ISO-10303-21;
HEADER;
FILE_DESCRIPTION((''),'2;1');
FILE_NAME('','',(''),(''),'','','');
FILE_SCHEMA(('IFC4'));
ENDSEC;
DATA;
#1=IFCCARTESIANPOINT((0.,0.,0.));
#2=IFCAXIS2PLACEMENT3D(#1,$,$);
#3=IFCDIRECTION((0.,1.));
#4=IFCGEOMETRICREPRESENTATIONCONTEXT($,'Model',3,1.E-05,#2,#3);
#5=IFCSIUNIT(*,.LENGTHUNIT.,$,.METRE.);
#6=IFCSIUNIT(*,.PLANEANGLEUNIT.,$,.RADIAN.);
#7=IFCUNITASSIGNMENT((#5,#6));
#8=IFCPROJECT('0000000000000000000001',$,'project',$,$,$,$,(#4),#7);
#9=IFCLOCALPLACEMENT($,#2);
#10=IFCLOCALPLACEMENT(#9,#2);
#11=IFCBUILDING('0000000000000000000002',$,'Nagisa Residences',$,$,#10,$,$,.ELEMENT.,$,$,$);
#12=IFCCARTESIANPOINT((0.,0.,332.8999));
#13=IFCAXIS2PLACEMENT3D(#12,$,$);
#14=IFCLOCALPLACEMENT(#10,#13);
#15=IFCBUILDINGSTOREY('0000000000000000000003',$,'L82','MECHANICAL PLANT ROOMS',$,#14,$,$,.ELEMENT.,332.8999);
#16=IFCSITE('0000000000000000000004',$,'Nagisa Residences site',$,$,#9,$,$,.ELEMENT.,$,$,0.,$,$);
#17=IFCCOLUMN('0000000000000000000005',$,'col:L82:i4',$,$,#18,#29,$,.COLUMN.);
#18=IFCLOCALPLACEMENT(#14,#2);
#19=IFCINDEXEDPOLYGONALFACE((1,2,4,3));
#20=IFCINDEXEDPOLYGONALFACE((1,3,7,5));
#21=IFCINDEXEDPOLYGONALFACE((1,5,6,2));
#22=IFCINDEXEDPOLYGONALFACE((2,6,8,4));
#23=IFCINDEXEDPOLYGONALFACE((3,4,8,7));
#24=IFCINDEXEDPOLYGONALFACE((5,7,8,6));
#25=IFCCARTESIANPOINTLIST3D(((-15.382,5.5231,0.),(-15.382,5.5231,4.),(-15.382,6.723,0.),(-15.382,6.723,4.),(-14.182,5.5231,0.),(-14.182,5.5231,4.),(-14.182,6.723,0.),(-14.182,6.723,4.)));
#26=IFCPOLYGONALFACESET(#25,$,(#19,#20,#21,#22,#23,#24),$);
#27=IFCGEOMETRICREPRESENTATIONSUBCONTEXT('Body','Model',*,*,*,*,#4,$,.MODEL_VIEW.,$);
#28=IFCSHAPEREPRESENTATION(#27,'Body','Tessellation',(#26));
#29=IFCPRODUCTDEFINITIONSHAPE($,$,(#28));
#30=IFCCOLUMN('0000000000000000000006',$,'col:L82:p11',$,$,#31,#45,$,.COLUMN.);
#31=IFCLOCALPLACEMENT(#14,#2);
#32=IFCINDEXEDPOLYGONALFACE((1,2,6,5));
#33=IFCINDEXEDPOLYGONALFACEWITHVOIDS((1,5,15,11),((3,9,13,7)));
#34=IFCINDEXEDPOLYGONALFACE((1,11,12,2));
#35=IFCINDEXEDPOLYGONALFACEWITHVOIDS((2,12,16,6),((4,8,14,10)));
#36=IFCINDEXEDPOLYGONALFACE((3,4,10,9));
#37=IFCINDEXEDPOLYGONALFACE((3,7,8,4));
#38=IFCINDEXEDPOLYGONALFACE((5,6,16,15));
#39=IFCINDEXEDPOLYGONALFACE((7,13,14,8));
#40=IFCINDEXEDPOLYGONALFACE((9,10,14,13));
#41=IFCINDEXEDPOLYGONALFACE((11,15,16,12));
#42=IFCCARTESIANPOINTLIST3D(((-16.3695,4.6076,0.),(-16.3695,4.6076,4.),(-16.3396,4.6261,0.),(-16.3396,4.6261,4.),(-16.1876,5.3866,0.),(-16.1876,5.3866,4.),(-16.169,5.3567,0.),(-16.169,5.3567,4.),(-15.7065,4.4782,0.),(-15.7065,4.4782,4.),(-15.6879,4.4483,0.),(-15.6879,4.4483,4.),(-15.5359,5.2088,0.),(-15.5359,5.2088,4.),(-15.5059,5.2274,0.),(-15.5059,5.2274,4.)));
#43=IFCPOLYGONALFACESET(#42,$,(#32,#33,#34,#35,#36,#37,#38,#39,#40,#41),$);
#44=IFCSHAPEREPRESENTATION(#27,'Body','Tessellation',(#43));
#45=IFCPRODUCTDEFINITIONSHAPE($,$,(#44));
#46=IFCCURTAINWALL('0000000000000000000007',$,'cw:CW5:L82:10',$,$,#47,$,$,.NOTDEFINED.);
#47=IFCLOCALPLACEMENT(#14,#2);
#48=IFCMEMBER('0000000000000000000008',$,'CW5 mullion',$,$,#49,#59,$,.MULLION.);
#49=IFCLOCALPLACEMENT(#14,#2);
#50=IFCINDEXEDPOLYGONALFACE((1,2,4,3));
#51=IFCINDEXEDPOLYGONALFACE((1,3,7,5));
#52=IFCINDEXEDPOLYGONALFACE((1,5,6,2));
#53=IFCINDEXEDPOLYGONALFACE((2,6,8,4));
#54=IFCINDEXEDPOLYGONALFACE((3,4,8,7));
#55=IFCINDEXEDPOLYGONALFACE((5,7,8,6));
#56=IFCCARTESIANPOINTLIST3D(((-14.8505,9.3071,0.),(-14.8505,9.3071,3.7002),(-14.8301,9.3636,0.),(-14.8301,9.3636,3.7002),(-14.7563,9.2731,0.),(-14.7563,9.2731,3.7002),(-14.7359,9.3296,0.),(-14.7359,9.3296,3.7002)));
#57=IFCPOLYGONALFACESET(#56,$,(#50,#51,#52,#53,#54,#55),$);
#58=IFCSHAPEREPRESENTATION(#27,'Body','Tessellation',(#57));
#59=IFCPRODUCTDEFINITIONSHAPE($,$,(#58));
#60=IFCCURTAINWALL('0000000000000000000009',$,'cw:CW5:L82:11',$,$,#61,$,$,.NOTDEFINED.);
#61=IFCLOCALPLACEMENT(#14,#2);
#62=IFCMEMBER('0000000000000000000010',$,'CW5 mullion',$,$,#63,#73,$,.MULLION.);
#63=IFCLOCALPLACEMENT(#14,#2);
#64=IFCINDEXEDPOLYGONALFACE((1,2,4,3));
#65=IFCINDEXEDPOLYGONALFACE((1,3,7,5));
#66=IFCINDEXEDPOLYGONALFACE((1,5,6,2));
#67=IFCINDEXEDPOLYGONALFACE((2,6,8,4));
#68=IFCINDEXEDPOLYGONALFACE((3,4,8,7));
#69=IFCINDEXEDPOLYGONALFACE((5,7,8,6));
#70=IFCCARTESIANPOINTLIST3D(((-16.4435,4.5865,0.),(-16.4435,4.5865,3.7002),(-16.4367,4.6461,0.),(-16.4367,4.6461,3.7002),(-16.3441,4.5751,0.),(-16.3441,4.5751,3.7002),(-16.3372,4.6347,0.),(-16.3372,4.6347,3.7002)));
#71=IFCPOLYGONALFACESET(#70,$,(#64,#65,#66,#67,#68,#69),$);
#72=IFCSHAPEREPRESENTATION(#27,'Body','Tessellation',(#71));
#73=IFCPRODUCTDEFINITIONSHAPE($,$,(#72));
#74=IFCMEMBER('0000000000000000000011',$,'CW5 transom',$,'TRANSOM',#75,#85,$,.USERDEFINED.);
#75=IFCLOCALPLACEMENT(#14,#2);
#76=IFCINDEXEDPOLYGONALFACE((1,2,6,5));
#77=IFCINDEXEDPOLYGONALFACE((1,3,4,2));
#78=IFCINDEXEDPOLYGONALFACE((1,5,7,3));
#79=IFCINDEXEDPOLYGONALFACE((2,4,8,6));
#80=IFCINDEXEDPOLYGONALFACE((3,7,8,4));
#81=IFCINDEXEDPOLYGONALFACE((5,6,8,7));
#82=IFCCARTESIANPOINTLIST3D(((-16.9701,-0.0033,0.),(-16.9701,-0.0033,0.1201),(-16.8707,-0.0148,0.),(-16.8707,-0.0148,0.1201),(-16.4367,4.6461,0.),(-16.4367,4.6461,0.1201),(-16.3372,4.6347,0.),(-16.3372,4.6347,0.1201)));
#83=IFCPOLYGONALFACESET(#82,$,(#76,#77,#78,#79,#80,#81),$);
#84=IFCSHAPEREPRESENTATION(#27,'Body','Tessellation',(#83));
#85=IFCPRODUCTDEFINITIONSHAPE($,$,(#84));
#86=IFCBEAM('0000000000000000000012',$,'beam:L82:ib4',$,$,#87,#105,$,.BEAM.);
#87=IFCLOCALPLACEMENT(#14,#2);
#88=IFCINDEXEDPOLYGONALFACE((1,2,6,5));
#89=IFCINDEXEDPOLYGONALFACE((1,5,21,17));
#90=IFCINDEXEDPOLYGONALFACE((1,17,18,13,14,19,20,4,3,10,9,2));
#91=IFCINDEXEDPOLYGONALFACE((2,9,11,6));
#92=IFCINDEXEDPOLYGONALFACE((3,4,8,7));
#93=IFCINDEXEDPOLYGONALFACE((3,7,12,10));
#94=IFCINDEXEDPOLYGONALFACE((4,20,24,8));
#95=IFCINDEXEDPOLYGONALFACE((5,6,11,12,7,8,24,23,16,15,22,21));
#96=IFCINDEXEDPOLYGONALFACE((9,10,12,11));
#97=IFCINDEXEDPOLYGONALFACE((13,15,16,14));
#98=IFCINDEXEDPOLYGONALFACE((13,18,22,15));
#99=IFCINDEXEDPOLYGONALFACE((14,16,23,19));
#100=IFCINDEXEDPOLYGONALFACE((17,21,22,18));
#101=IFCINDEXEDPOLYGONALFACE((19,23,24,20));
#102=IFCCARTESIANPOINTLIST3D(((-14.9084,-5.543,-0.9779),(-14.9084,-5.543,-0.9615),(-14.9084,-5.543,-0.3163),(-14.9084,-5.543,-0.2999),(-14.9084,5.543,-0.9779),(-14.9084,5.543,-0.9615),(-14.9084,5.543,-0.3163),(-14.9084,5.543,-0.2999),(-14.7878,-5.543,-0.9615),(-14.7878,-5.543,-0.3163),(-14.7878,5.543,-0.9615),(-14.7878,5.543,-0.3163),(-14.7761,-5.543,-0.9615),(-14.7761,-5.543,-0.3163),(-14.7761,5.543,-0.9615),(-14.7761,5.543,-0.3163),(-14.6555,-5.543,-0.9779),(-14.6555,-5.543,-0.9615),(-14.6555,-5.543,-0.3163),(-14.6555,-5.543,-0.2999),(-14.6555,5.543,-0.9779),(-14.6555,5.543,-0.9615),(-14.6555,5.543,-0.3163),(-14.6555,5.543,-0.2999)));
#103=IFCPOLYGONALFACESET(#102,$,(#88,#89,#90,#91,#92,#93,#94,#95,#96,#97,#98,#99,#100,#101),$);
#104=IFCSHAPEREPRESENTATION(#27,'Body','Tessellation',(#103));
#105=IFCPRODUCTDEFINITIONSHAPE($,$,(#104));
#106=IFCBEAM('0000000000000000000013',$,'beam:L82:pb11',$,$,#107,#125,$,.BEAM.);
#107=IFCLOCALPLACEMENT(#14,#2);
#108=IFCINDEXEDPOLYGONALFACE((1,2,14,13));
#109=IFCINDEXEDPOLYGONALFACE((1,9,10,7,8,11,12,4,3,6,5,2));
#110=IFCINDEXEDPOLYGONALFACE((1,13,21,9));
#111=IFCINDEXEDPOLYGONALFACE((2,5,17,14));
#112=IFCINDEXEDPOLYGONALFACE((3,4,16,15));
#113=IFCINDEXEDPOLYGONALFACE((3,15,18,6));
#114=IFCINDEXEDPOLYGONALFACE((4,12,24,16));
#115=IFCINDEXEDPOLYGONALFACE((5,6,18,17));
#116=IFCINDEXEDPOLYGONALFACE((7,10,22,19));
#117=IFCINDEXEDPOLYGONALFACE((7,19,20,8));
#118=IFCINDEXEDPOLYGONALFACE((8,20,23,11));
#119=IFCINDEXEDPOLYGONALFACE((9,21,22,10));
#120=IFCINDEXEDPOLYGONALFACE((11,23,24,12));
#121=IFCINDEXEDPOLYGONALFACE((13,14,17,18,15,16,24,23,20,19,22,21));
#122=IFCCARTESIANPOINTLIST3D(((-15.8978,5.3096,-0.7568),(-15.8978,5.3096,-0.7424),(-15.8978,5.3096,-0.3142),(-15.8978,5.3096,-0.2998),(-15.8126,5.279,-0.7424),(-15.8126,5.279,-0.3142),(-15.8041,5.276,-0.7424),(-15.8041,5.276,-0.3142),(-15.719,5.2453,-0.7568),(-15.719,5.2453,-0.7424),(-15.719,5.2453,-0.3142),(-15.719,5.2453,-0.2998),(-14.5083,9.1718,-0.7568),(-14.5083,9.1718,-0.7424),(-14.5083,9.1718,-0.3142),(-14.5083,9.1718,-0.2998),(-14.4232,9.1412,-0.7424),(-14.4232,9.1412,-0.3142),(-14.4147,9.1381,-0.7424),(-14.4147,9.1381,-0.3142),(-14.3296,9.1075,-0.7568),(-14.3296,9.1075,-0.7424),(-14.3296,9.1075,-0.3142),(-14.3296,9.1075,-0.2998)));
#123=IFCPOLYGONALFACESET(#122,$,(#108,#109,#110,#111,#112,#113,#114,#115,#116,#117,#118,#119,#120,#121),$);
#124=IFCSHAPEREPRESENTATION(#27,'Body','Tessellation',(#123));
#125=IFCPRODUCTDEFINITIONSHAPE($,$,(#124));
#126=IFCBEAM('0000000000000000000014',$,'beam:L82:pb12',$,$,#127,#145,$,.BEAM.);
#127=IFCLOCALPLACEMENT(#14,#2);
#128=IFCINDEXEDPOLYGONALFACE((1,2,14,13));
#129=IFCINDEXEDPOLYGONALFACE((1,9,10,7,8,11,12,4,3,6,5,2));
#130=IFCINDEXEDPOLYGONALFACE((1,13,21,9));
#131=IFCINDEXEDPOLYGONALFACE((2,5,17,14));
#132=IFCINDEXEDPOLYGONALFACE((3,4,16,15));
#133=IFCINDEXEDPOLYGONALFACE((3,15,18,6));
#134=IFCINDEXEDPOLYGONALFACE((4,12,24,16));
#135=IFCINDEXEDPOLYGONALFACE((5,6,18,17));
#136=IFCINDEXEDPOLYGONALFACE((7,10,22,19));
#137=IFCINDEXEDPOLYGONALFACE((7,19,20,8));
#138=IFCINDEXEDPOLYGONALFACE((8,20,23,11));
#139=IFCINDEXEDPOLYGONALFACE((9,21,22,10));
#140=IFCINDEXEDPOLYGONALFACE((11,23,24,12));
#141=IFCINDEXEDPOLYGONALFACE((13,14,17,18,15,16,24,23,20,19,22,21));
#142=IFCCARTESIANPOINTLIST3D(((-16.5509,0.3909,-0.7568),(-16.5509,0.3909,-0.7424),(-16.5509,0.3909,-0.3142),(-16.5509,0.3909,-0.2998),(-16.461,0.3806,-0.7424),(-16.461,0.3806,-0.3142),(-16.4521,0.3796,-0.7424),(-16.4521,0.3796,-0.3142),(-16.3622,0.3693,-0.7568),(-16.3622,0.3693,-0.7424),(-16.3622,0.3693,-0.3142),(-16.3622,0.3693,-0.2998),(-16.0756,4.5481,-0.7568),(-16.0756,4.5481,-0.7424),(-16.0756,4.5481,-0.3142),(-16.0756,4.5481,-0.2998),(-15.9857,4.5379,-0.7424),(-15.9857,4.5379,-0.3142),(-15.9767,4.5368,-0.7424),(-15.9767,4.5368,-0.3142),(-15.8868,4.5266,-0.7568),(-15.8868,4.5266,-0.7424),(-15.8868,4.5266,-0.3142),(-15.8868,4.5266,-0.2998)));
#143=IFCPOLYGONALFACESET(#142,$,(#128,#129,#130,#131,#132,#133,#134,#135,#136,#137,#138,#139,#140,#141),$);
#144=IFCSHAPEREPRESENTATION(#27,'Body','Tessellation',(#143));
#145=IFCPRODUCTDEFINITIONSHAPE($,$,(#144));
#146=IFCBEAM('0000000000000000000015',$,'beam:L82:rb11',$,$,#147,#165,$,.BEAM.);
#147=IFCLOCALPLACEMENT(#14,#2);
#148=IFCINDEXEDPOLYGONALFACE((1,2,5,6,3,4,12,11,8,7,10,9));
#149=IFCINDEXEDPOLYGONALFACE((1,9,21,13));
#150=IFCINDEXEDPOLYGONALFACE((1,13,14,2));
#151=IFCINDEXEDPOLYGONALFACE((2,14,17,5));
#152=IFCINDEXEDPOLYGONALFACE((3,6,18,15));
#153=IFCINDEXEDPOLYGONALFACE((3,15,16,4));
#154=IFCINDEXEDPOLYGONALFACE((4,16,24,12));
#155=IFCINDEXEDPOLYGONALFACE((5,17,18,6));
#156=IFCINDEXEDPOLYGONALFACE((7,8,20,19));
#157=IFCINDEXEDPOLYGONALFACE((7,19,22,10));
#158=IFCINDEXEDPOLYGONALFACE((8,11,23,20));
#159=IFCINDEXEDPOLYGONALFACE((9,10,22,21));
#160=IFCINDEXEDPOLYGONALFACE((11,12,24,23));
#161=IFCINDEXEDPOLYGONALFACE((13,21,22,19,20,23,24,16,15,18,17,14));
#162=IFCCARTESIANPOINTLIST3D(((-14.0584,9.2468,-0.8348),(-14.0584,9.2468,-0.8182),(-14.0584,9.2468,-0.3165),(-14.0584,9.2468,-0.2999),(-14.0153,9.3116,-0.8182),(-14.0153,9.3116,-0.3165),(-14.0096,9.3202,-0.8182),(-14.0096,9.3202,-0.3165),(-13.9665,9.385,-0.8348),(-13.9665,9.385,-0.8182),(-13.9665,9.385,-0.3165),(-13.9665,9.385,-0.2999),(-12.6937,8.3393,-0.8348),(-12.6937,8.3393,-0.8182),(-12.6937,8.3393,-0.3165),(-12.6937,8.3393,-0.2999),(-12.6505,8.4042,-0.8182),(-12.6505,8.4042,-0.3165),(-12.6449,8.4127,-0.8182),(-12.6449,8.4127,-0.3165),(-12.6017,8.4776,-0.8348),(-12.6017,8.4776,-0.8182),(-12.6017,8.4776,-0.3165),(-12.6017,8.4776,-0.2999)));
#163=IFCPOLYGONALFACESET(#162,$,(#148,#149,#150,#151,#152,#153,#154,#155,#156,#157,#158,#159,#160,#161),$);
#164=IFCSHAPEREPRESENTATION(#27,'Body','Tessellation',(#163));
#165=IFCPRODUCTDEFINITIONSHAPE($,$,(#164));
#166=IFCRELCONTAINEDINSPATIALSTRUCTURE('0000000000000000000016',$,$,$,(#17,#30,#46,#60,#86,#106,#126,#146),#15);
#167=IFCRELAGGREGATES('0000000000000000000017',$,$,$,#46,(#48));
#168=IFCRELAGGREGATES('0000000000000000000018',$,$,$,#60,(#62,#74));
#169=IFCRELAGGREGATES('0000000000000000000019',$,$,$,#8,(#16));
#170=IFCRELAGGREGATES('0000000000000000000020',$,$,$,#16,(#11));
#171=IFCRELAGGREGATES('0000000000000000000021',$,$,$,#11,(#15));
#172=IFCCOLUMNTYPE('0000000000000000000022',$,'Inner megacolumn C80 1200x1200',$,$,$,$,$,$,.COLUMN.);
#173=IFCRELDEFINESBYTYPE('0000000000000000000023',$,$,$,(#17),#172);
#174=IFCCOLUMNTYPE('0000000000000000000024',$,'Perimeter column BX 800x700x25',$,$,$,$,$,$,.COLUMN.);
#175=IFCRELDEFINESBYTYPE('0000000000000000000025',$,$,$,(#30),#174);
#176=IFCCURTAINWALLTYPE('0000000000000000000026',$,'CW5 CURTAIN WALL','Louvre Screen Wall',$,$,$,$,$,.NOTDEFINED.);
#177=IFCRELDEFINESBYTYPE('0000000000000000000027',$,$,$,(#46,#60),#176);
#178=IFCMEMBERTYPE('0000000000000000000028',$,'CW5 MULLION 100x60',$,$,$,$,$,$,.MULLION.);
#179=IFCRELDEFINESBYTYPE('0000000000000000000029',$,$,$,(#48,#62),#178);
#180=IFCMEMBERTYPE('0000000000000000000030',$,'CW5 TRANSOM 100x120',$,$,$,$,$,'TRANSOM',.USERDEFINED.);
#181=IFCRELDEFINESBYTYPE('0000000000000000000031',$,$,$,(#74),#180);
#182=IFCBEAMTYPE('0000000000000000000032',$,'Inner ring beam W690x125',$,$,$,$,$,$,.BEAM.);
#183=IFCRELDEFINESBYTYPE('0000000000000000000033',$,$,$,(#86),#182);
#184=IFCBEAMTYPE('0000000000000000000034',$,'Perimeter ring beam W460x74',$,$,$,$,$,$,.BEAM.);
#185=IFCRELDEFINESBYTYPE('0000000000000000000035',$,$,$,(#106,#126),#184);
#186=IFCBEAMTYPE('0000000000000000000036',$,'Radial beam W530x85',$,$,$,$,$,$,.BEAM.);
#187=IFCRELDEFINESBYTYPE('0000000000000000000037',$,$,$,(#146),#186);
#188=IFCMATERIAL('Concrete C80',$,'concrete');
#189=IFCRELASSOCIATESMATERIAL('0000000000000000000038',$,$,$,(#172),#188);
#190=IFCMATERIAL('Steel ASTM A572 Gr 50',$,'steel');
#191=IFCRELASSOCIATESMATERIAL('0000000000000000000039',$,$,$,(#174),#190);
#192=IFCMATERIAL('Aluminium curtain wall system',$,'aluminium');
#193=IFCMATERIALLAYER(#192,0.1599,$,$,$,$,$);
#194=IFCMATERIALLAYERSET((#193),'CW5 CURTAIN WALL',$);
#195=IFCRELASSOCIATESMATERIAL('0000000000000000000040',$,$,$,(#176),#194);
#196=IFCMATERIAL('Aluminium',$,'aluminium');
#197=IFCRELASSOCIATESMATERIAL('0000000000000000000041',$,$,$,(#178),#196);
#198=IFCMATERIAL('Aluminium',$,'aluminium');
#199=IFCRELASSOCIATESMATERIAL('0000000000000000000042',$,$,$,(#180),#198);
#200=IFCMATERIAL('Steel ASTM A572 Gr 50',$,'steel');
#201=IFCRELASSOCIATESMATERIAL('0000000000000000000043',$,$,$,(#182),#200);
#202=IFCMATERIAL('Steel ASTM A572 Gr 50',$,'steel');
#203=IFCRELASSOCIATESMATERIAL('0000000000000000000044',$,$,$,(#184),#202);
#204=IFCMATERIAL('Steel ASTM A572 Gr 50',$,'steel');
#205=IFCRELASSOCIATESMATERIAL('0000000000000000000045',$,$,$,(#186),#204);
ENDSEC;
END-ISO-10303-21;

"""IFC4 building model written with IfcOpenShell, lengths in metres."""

from ifc_helpers import new_model, si_unit, direction, frame, origin, origin_2d, place, context, subcontext, project, spatial, rectangle, hollow_rectangle, i_section, extrude, material, layer, layer_set, material_profile, profile_set, type_object, element, aggregate, save


model = new_model("IFC4")

# Units and contexts
model_context = context("Model", 3, precision=1e-05, world=origin(), true_north=direction((0.0, 1.0)))
body_context = subcontext(model_context, "Body", "Model", "MODEL_VIEW")
ifc_project = project(units=[si_unit("LENGTHUNIT", "METRE"), si_unit("PLANEANGLEUNIT", "RADIAN")], contexts=[model_context])

# Site, building, storey
site_placement = place(None, origin())
site = spatial("IfcSite", under=ifc_project, at=site_placement, Name="Nagisa Residences site", CompositionType="ELEMENT", RefElevation=0.0)
building_placement = place(site_placement, origin())
building = spatial("IfcBuilding", under=site, at=building_placement, Name="Nagisa Residences", CompositionType="ELEMENT")
storey_placement = place(building_placement, frame((0.0, 0.0, 332.8999)))
storey = spatial("IfcBuildingStorey", under=building, at=storey_placement, Name="L82", Description="MECHANICAL PLANT ROOMS", CompositionType="ELEMENT", Elevation=332.8999)

# Columns
ifc_material_1 = material(Name="Concrete C80", Category="concrete")
ifc_material_profile_1 = material_profile(ifc_material_1, rectangle(XDim=1.2, YDim=1.2, at=origin_2d()), Name="C80 1200x1200")
ifc_profile_set_1 = profile_set([ifc_material_profile_1], Name="Concrete C80")
column_type_1 = type_object("IfcColumnType", Name="Inner megacolumn C80 1200x1200", PredefinedType="COLUMN", material=ifc_profile_set_1)
column_1_placement = place(storey_placement, frame((-14.782, 6.123, 0.0), z_axis=(0.0, 0.0, 1.0), x_axis=(1.0, 0.0, 0.0)))
element("IfcColumn", 1, at=column_1_placement, inside=storey, type_object=column_type_1, Name="col:L82:i4", PredefinedType="COLUMN", context=body_context, shape_type="SweptSolid", body=[
    extrude(rectangle(XDim=1.2, YDim=1.2, at=origin_2d()), origin(), (0.0, 0.0, 1.0), 4.0),
])
ifc_material_2 = material(Name="Steel ASTM A572 Gr 50", Category="steel")
ifc_material_profile_2 = material_profile(ifc_material_2, hollow_rectangle(XDim=0.8, YDim=0.7, WallThickness=0.0249, at=origin_2d()), Name="BX 800x700x25")
ifc_profile_set_2 = profile_set([ifc_material_profile_2], Name="Steel ASTM A572 Gr 50")
column_type_2 = type_object("IfcColumnType", Name="Perimeter column BX 800x700x25", PredefinedType="COLUMN", material=ifc_profile_set_2)
column_2_placement = place(storey_placement, frame((-15.9377, 4.9175, 0.0), z_axis=(0.0, 0.0, 1.0), x_axis=(-0.227473, -0.973784, 0.0)))
element("IfcColumn", 2, at=column_2_placement, inside=storey, type_object=column_type_2, Name="col:L82:p11", PredefinedType="COLUMN", context=body_context, shape_type="SweptSolid", body=[
    extrude(hollow_rectangle(XDim=0.8, YDim=0.7, WallThickness=0.0249, at=origin_2d()), origin(), (0.0, 0.0, 1.0), 4.0),
])

# Curtain wall, member
ifc_material_3 = material(Name="Aluminium curtain wall system", Category="aluminium")
ifc_layer_1 = layer(ifc_material_3, 0.1599)
ifc_layer_set_1 = layer_set([ifc_layer_1], Name="CW5 CURTAIN WALL")
curtain_wall_type = type_object("IfcCurtainWallType", Name="CW5 CURTAIN WALL", Description="Louvre Screen Wall", PredefinedType="NOTDEFINED", material=ifc_layer_set_1)
curtain_wall_1_placement = place(storey_placement, origin())
curtain_wall_1 = element("IfcCurtainWall", 3, at=curtain_wall_1_placement, inside=storey, type_object=curtain_wall_type, Name="cw:CW5:L82:10", PredefinedType="NOTDEFINED")
ifc_material_4 = material(Name="Aluminium", Category="aluminium")
ifc_material_profile_3 = material_profile(ifc_material_4, rectangle(XDim=0.1001, YDim=0.0601, at=origin_2d()), Name="CW5 MULLION 100x60")
ifc_profile_set_3 = profile_set([ifc_material_profile_3], Name="Aluminium")
member_type_1 = type_object("IfcMemberType", Name="CW5 MULLION 100x60", PredefinedType="MULLION", material=ifc_profile_set_3)
member_1_placement = place(storey_placement, frame((-14.7932, 9.3184, 0.0), z_axis=(0.0, 0.0, 1.0), x_axis=(0.940554, -0.339643, 0.0)))
member_1 = element("IfcMember", 4, at=member_1_placement, type_object=member_type_1, Name="CW5 mullion", PredefinedType="MULLION", context=body_context, shape_type="SweptSolid", body=[
    extrude(rectangle(XDim=0.1001, YDim=0.0601, at=origin_2d()), origin(), (0.0, 0.0, 1.0), 3.7002),
])

# Curtain wall, members
curtain_wall_2_placement = place(storey_placement, origin())
curtain_wall_2 = element("IfcCurtainWall", 5, at=curtain_wall_2_placement, inside=storey, type_object=curtain_wall_type, Name="cw:CW5:L82:11", PredefinedType="NOTDEFINED")
member_2_placement = place(storey_placement, frame((-16.3904, 4.6106, 0.0), z_axis=(0.0, 0.0, 1.0), x_axis=(0.993478, -0.114025, 0.0)))
member_2 = element("IfcMember", 6, at=member_2_placement, type_object=member_type_1, Name="CW5 mullion", PredefinedType="MULLION", context=body_context, shape_type="SweptSolid", body=[
    extrude(rectangle(XDim=0.1001, YDim=0.0601, at=origin_2d()), origin(), (0.0, 0.0, 1.0), 3.7002),
])
ifc_material_5 = material(Name="Aluminium", Category="aluminium")
ifc_material_profile_4 = material_profile(ifc_material_5, rectangle(XDim=0.1001, YDim=0.1201, at=origin_2d()), Name="CW5 TRANSOM 100x120")
ifc_profile_set_4 = profile_set([ifc_material_profile_4], Name="Aluminium")
member_type_2 = type_object("IfcMemberType", Name="CW5 TRANSOM 100x120", ElementType="TRANSOM", PredefinedType="USERDEFINED", material=ifc_profile_set_4)
member_3_placement = place(storey_placement, frame((-16.387, 4.6404, 0.0601), z_axis=(-0.113986, -0.993482, 0.0), x_axis=(0.993482, -0.113986, 0.0)))
member_3 = element("IfcMember", 7, at=member_3_placement, type_object=member_type_2, Name="CW5 transom", ObjectType="TRANSOM", PredefinedType="USERDEFINED", context=body_context, shape_type="SweptSolid", body=[
    extrude(rectangle(XDim=0.1001, YDim=0.1201, at=origin_2d()), origin(), (0.0, 0.0, 1.0), 4.6799),
])

# Beams
ifc_material_6 = material(Name="Steel ASTM A572 Gr 50", Category="steel")
ifc_material_profile_5 = material_profile(ifc_material_6, i_section(OverallWidth=0.2529, OverallDepth=0.678, WebThickness=0.0117, FlangeThickness=0.0164, at=origin_2d()), Name="W690x125")
ifc_profile_set_5 = profile_set([ifc_material_profile_5], Name="Steel ASTM A572 Gr 50")
beam_type_1 = type_object("IfcBeamType", Name="Inner ring beam W690x125", PredefinedType="BEAM", material=ifc_profile_set_5)
beam_1_placement = place(storey_placement, frame((-14.782, 5.543, -0.6389), z_axis=(0.0, -1.0, 0.0), x_axis=(1.0, 0.0, 0.0)))
element("IfcBeam", 8, at=beam_1_placement, inside=storey, type_object=beam_type_1, Name="beam:L82:ib4", PredefinedType="BEAM", context=body_context, shape_type="SweptSolid", body=[
    extrude(i_section(OverallWidth=0.2529, OverallDepth=0.678, WebThickness=0.0117, FlangeThickness=0.0164, at=origin_2d()), origin(), (0.0, 0.0, 1.0), 11.0859),
])
ifc_material_7 = material(Name="Steel ASTM A572 Gr 50", Category="steel")
ifc_material_profile_6 = material_profile(ifc_material_7, i_section(OverallWidth=0.1899, OverallDepth=0.457, WebThickness=0.009, FlangeThickness=0.0144, at=origin_2d()), Name="W460x74")
ifc_profile_set_6 = profile_set([ifc_material_profile_6], Name="Steel ASTM A572 Gr 50")
beam_type_2 = type_object("IfcBeamType", Name="Perimeter ring beam W460x74", PredefinedType="BEAM", material=ifc_profile_set_6)
beam_2_placement = place(storey_placement, frame((-14.4189, 9.1396, -0.5283), z_axis=(-0.338517, -0.94096, 0.0), x_axis=(0.94096, -0.338517, 0.0)))
element("IfcBeam", 9, at=beam_2_placement, inside=storey, type_object=beam_type_2, Name="beam:L82:pb11", PredefinedType="BEAM", context=body_context, shape_type="SweptSolid", body=[
    extrude(i_section(OverallWidth=0.1899, OverallDepth=0.457, WebThickness=0.009, FlangeThickness=0.0144, at=origin_2d()), origin(), (0.0, 0.0, 1.0), 4.1045),
])
beam_3_placement = place(storey_placement, frame((-15.9812, 4.5374, -0.5283), z_axis=(-0.113601, -0.993526, 0.0), x_axis=(0.993526, -0.113601, 0.0)))
element("IfcBeam", 10, at=beam_3_placement, inside=storey, type_object=beam_type_2, Name="beam:L82:pb12", PredefinedType="BEAM", context=body_context, shape_type="SweptSolid", body=[
    extrude(i_section(OverallWidth=0.1899, OverallDepth=0.457, WebThickness=0.009, FlangeThickness=0.0144, at=origin_2d()), origin(), (0.0, 0.0, 1.0), 4.1843),
])
ifc_material_8 = material(Name="Steel ASTM A572 Gr 50", Category="steel")
ifc_material_profile_7 = material_profile(ifc_material_8, i_section(OverallWidth=0.166, OverallDepth=0.5349, WebThickness=0.0103, FlangeThickness=0.0166, at=origin_2d()), Name="W530x85")
ifc_profile_set_7 = profile_set([ifc_material_profile_7], Name="Steel ASTM A572 Gr 50")
beam_type_3 = type_object("IfcBeamType", Name="Radial beam W530x85", PredefinedType="BEAM", material=ifc_profile_set_7)
beam_4_placement = place(storey_placement, frame((-14.0125, 9.3159, -0.5674), z_axis=(0.832714, -0.553703, 0.0), x_axis=(0.553703, 0.832714, 0.0)))
element("IfcBeam", 11, at=beam_4_placement, inside=storey, type_object=beam_type_3, Name="beam:L82:rb11", PredefinedType="BEAM", context=body_context, shape_type="SweptSolid", body=[
    extrude(i_section(OverallWidth=0.166, OverallDepth=0.5349, WebThickness=0.0103, FlangeThickness=0.0166, at=origin_2d()), origin(), (0.0, 0.0, 1.0), 1.6389),
])

aggregate(curtain_wall_1, [member_1])
aggregate(curtain_wall_2, [member_2, member_3])

save(model, "model.ifc")
